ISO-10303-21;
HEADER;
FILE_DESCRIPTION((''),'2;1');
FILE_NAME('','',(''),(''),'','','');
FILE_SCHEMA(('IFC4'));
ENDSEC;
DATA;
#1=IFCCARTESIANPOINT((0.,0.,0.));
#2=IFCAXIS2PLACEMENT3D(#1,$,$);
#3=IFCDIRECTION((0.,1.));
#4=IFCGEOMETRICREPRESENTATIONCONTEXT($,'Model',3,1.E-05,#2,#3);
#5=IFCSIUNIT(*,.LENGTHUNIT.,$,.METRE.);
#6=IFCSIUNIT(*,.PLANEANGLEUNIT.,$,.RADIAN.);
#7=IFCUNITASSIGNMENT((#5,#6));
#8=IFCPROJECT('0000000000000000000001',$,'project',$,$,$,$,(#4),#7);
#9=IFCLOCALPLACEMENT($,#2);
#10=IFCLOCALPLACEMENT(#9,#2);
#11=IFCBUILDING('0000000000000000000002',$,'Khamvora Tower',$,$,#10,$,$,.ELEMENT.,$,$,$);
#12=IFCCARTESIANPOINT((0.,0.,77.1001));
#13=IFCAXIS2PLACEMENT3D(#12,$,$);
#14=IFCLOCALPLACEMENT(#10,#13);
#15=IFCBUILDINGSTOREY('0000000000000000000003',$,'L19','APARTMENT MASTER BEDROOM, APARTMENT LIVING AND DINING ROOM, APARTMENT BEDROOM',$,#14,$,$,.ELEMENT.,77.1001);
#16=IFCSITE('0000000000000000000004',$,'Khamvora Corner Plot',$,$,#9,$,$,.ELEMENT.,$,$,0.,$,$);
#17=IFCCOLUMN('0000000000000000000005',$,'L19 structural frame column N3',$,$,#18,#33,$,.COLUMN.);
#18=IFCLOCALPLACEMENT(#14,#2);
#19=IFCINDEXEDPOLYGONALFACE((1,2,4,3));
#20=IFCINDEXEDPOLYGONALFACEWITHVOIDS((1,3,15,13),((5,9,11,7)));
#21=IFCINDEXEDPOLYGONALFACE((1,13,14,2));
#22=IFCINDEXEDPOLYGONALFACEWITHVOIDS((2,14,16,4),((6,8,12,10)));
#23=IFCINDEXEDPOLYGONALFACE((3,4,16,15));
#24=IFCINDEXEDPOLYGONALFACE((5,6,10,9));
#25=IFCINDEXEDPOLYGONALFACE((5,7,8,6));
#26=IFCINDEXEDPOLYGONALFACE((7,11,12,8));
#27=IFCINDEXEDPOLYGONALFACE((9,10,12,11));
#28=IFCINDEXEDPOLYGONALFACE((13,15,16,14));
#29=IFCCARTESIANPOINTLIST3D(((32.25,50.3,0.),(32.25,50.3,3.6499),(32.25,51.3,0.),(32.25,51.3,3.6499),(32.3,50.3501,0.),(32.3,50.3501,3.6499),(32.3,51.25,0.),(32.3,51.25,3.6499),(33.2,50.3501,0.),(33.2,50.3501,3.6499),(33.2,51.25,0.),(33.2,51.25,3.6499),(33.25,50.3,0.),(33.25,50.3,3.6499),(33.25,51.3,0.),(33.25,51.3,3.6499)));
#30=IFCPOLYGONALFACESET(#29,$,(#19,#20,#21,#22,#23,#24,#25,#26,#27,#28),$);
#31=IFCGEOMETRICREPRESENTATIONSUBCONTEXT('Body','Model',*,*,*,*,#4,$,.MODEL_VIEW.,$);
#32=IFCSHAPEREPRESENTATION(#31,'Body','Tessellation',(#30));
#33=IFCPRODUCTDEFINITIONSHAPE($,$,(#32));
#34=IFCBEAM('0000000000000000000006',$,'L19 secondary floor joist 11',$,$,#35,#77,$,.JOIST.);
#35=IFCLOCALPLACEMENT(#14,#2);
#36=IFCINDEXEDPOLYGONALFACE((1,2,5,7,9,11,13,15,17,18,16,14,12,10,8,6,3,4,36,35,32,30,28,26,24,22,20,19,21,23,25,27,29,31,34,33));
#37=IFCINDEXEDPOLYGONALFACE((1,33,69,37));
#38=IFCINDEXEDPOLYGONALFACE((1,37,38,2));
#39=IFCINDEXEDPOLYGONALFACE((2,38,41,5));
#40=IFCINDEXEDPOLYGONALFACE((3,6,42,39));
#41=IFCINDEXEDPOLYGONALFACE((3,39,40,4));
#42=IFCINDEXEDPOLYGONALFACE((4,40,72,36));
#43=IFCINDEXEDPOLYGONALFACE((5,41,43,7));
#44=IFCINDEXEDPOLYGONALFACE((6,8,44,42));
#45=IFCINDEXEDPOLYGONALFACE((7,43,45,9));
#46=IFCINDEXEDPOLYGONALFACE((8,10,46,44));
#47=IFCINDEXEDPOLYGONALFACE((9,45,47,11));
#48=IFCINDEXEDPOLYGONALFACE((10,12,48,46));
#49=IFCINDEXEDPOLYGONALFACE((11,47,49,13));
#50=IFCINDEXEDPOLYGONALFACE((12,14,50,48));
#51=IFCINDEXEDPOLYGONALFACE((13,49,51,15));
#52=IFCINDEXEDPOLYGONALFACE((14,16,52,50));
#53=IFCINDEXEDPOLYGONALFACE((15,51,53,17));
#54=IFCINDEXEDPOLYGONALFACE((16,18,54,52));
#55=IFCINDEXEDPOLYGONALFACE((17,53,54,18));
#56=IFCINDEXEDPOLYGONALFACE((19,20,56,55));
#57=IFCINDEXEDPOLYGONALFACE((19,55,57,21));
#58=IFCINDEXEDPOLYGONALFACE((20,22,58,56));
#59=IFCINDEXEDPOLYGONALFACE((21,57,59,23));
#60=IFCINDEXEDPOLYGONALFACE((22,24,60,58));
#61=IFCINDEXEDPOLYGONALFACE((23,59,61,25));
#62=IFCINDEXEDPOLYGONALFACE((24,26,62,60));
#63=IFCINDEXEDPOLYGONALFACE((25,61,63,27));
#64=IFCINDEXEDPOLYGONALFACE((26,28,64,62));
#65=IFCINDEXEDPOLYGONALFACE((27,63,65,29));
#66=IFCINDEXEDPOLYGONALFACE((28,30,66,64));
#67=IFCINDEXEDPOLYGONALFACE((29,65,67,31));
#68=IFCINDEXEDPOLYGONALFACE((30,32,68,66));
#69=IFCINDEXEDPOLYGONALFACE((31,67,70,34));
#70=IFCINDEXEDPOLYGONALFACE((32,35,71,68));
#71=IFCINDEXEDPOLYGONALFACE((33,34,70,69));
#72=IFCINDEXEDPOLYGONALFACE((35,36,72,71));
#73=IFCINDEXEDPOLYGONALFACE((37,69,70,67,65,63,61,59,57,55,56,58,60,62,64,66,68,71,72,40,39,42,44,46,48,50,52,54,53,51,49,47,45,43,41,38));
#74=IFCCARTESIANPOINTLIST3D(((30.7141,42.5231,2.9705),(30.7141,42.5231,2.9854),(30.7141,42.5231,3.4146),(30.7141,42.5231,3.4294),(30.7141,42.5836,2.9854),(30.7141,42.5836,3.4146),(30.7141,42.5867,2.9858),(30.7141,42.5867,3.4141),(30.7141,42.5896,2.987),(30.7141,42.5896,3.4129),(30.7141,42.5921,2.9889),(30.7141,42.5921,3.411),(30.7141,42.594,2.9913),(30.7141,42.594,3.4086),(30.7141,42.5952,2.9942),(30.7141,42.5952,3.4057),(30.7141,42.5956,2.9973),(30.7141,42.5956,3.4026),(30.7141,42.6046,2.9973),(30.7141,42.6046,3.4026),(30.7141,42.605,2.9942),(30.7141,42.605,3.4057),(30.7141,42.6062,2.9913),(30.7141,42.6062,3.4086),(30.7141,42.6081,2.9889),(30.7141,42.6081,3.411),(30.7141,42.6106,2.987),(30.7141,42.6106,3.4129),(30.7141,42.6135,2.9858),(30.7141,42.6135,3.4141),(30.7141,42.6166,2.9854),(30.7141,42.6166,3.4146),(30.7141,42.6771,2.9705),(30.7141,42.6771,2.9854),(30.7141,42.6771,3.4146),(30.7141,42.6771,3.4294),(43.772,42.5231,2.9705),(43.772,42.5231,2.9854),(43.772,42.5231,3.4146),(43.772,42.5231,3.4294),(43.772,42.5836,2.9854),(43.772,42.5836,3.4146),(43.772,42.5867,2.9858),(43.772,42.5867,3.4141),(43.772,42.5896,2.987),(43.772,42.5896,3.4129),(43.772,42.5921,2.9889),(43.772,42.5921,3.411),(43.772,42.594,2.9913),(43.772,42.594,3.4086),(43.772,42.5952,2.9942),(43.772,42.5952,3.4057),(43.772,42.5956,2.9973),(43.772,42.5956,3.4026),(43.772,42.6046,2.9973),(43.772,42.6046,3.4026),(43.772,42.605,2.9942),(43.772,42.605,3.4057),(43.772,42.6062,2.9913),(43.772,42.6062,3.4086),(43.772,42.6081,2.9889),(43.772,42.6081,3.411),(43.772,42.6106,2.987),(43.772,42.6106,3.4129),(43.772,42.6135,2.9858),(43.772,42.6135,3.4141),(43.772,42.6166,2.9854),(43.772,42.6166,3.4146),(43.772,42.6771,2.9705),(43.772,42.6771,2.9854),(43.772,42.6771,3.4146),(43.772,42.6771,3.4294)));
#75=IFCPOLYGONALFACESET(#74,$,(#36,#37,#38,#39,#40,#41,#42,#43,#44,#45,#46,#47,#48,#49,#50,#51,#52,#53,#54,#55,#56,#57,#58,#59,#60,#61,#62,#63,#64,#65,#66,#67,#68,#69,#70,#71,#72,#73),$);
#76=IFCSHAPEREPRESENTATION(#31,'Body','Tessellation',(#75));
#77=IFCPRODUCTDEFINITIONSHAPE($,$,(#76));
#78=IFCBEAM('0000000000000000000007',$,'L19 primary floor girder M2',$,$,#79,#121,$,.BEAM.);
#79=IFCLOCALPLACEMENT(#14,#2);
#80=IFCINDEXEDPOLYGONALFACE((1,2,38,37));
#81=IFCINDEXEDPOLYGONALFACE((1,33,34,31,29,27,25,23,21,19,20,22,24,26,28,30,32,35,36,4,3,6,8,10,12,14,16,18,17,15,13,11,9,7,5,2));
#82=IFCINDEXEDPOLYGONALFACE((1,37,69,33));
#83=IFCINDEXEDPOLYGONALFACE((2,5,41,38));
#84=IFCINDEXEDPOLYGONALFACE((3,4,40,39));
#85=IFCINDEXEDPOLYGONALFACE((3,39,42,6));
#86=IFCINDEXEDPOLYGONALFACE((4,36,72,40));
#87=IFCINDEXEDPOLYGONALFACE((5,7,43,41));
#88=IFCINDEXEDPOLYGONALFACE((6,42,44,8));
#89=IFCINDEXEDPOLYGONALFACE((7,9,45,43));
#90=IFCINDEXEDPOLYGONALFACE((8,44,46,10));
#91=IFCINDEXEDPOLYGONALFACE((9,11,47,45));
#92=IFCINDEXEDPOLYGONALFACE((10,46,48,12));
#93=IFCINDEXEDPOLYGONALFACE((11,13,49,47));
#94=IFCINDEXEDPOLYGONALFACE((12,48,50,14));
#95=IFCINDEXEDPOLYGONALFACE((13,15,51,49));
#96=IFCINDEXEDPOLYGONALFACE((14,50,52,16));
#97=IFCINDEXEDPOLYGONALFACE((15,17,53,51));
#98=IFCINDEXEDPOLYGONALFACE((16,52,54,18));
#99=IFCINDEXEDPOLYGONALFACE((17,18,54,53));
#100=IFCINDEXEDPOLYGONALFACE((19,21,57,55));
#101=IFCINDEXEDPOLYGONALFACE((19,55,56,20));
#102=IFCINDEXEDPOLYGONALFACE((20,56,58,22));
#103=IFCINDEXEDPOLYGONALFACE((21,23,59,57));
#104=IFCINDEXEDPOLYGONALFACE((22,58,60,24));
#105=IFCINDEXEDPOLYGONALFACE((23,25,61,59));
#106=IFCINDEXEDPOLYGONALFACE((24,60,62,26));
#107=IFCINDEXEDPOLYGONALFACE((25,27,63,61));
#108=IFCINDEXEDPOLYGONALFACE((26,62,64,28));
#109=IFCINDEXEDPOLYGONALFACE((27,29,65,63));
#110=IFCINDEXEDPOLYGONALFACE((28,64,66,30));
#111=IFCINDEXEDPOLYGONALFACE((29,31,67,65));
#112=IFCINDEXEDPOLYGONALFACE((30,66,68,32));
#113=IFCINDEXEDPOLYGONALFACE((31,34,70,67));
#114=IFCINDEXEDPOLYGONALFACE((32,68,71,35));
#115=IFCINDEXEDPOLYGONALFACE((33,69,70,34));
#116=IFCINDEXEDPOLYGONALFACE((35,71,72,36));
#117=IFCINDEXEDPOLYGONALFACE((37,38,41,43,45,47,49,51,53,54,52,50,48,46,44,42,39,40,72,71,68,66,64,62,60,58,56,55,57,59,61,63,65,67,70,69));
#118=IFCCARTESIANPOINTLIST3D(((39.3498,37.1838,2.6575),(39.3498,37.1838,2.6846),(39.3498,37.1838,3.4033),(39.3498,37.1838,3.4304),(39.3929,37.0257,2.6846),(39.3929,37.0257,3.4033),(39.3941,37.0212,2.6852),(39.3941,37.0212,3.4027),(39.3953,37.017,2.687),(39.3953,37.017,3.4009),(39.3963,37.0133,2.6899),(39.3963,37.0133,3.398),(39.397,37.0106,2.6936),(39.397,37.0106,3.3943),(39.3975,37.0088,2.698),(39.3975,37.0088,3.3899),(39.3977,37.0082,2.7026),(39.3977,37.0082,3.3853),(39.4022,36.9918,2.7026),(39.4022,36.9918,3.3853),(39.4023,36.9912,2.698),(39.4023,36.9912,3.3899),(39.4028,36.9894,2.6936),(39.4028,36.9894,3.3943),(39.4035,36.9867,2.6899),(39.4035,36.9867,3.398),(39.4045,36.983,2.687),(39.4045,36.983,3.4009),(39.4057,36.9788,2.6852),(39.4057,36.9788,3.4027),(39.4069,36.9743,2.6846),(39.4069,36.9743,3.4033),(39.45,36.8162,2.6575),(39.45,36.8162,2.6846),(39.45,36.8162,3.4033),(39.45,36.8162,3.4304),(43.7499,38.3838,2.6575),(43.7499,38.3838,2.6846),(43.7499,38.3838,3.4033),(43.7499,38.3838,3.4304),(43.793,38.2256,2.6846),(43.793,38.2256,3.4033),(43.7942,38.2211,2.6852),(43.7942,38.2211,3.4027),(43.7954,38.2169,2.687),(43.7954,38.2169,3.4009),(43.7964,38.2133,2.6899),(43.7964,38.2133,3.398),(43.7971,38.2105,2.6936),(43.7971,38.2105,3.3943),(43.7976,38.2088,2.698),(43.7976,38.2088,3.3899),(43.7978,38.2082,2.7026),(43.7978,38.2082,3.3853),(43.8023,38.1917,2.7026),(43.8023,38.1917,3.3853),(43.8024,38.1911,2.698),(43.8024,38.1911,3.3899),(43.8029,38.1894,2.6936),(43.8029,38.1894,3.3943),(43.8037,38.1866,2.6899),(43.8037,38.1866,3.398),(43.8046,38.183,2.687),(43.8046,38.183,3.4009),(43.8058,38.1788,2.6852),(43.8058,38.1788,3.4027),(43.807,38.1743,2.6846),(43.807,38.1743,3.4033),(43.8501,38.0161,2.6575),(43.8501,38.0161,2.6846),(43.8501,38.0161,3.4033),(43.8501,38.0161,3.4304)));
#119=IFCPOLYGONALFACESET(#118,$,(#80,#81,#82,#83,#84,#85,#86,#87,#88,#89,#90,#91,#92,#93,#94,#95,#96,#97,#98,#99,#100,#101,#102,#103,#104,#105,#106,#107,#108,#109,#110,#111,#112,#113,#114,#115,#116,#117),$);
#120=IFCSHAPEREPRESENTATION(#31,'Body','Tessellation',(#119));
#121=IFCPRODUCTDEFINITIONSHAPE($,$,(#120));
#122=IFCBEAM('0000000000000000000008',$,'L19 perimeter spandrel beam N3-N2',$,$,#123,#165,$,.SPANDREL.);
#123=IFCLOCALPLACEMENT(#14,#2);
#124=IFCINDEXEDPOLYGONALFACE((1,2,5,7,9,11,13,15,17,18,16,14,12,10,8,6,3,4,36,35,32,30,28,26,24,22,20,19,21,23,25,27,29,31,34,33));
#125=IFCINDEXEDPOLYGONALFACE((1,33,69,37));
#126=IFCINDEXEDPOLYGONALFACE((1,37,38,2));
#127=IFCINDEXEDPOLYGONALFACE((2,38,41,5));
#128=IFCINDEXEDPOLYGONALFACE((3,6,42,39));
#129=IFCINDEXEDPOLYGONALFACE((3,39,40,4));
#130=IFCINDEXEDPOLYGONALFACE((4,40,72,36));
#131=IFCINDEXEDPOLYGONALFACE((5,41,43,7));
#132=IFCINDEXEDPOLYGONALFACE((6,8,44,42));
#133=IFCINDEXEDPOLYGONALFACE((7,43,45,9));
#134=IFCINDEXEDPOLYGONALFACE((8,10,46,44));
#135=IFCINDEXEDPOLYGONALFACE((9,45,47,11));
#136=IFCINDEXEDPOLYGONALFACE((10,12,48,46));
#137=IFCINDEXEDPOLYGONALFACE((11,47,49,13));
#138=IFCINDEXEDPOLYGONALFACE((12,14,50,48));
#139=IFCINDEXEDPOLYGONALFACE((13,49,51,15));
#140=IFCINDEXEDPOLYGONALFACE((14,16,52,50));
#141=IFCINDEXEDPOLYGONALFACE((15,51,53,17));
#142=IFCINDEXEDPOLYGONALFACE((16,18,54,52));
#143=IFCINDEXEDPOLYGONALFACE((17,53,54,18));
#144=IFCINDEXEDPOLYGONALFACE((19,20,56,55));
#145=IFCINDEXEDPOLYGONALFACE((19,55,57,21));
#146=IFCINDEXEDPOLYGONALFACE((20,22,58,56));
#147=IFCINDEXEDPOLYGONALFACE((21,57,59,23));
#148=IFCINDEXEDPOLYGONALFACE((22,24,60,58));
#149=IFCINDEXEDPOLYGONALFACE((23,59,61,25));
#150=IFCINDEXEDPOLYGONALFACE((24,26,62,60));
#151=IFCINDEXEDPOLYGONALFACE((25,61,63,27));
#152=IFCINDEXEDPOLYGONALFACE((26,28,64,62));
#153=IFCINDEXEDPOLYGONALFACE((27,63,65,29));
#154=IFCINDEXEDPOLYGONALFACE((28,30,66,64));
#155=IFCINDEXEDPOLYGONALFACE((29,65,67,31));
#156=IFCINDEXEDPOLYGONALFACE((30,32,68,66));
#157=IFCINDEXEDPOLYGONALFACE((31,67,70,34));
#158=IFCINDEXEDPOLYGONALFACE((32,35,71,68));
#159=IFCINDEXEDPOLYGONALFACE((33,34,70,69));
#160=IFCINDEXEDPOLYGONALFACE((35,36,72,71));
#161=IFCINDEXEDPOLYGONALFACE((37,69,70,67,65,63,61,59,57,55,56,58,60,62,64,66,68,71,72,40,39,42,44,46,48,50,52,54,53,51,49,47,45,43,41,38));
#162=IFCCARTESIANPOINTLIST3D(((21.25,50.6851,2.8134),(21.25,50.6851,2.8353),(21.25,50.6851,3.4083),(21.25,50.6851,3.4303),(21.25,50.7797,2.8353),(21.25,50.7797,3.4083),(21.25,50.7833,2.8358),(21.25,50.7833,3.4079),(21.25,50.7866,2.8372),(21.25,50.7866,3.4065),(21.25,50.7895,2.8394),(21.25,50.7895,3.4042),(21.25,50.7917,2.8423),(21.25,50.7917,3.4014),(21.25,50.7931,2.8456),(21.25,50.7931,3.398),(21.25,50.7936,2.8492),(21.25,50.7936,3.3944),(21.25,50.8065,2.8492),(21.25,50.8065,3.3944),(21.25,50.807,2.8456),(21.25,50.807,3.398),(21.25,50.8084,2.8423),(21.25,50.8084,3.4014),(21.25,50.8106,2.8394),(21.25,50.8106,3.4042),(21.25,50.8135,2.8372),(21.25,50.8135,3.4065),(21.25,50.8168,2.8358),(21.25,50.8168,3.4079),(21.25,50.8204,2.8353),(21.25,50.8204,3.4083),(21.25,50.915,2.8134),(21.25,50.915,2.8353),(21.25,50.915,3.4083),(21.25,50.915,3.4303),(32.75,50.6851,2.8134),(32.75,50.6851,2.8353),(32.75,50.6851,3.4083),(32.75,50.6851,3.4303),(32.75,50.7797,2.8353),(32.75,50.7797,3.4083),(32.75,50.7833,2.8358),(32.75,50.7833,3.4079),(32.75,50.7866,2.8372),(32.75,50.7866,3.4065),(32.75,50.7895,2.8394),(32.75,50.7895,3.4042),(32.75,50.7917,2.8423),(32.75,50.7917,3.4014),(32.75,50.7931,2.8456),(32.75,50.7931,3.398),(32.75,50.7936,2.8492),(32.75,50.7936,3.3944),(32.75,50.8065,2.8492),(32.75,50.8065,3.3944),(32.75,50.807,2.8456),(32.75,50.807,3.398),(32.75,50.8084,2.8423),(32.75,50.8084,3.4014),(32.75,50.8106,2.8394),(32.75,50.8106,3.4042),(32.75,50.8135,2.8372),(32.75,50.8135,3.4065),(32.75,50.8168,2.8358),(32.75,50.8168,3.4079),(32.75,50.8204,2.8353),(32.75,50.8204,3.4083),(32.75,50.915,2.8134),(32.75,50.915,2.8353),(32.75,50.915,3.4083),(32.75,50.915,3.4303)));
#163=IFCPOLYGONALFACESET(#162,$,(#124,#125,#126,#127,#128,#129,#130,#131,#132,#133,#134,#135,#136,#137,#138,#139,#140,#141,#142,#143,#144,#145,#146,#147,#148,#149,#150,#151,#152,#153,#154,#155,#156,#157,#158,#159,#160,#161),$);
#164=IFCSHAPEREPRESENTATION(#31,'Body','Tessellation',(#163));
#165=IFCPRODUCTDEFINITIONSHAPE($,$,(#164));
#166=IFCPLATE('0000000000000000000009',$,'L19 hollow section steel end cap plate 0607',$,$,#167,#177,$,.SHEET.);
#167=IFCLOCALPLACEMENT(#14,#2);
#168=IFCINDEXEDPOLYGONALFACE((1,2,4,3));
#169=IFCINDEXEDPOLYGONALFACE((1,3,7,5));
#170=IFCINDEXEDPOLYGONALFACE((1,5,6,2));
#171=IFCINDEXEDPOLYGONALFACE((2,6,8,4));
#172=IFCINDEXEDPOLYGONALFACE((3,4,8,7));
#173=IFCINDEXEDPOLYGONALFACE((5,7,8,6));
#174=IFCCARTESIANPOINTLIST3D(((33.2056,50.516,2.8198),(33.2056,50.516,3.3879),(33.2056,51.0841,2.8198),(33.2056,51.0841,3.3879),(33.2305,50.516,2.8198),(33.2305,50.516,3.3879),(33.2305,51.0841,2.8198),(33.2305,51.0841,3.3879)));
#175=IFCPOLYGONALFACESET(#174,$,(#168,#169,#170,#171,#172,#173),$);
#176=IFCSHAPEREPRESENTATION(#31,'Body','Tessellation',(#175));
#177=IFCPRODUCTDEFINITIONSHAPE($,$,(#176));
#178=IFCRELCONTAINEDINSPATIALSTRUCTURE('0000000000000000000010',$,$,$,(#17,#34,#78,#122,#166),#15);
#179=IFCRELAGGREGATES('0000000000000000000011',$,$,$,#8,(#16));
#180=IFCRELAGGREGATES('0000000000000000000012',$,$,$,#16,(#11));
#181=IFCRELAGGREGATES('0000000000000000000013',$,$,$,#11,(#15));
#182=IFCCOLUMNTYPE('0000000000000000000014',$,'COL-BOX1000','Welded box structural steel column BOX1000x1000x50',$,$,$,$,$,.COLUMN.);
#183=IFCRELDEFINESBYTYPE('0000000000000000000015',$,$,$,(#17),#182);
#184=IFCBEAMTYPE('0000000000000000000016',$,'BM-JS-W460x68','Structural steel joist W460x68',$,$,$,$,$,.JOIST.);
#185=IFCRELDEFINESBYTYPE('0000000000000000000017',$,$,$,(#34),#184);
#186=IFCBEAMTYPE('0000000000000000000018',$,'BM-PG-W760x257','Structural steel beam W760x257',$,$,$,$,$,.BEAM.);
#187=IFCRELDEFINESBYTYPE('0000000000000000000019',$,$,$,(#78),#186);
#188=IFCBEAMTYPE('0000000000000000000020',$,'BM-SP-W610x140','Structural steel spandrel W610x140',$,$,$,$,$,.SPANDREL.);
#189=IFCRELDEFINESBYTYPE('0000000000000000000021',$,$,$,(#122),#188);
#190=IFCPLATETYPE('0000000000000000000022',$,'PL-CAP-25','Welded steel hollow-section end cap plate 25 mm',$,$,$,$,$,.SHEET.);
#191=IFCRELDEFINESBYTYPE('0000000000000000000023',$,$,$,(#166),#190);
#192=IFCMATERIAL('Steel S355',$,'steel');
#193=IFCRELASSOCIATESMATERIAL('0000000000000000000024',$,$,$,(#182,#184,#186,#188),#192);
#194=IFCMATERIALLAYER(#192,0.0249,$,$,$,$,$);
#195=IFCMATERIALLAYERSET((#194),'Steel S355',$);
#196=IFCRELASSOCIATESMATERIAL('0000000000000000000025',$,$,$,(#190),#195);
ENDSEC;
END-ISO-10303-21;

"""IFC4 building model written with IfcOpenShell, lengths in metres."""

from ifc_helpers import new_model, si_unit, direction, frame, origin, origin_2d, place, context, subcontext, project, spatial, rectangle, hollow_rectangle, i_section, extrude, material, layer, layer_set, material_profile, profile_set, type_object, element, save


model = new_model("IFC4")

# Units and contexts
model_context = context("Model", 3, precision=1e-05, world=origin(), true_north=direction((0.0, 1.0)))
body_context = subcontext(model_context, "Body", "Model", "MODEL_VIEW")
ifc_project = project(units=[si_unit("LENGTHUNIT", "METRE"), si_unit("PLANEANGLEUNIT", "RADIAN")], contexts=[model_context])

# Site, building, storey
site_placement = place(None, origin())
site = spatial("IfcSite", under=ifc_project, at=site_placement, Name="Khamvora Corner Plot", CompositionType="ELEMENT", RefElevation=0.0)
building_placement = place(site_placement, origin())
building = spatial("IfcBuilding", under=site, at=building_placement, Name="Khamvora Tower", CompositionType="ELEMENT")
storey_placement = place(building_placement, frame((0.0, 0.0, 77.1001)))
storey = spatial("IfcBuildingStorey", under=building, at=storey_placement, Name="L19", Description="APARTMENT MASTER BEDROOM, APARTMENT LIVING AND DINING ROOM, APARTMENT BEDROOM", CompositionType="ELEMENT", Elevation=77.1001)

# Column
ifc_material_1 = material(Name="Steel S355", Category="steel")
ifc_material_profile_1 = material_profile(ifc_material_1, hollow_rectangle(XDim=1.0, YDim=1.0, WallThickness=0.05, at=origin_2d()), Name="BOX1000x1000x50")
ifc_profile_set_1 = profile_set([ifc_material_profile_1], Name="Steel S355")
column_type = type_object("IfcColumnType", Name="COL-BOX1000", Description="Welded box structural steel column BOX1000x1000x50", PredefinedType="COLUMN", material=ifc_profile_set_1)
column_placement = place(storey_placement, frame((32.75, 50.8, 0.0), z_axis=(0.0, 0.0, 1.0), x_axis=(1.0, 0.0, 0.0)))
element("IfcColumn", 1, at=column_placement, inside=storey, type_object=column_type, Name="L19 structural frame column N3", PredefinedType="COLUMN", context=body_context, shape_type="SweptSolid", body=[
    extrude(hollow_rectangle(XDim=1.0, YDim=1.0, WallThickness=0.05, at=origin_2d()), origin(), (0.0, 0.0, 1.0), 3.6499),
])

# Beams
ifc_material_profile_2 = material_profile(ifc_material_1, i_section(OverallWidth=0.1541, OverallDepth=0.459, WebThickness=0.009, FlangeThickness=0.0149, FilletRadius=0.012, at=origin_2d()), Name="W460x68")
ifc_profile_set_2 = profile_set([ifc_material_profile_2], Name="Steel S355")
beam_type_1 = type_object("IfcBeamType", Name="BM-JS-W460x68", Description="Structural steel joist W460x68", PredefinedType="JOIST", material=ifc_profile_set_2)
beam_1_placement = place(storey_placement, frame((30.7141, 42.6001, 3.2), z_axis=(1.0, 0.0, 0.0), x_axis=(0.0, 1.0, 0.0)))
element("IfcBeam", 2, at=beam_1_placement, inside=storey, type_object=beam_type_1, Name="L19 secondary floor joist 11", PredefinedType="JOIST", context=body_context, shape_type="SweptSolid", body=[
    extrude(i_section(OverallWidth=0.1541, OverallDepth=0.459, WebThickness=0.009, FlangeThickness=0.0149, FilletRadius=0.012, at=origin_2d()), origin(), (0.0, 0.0, 1.0), 13.0579),
])
ifc_material_profile_3 = material_profile(ifc_material_1, i_section(OverallWidth=0.3811, OverallDepth=0.7729, WebThickness=0.0171, FlangeThickness=0.0271, FilletRadius=0.0181, at=origin_2d()), Name="W760x257")
ifc_profile_set_3 = profile_set([ifc_material_profile_3], Name="Steel S355")
beam_type_2 = type_object("IfcBeamType", Name="BM-PG-W760x257", Description="Structural steel beam W760x257", PredefinedType="BEAM", material=ifc_profile_set_3)
beam_2_placement = place(storey_placement, frame((39.3999, 37.0, 3.0439), z_axis=(0.964769, 0.263099, 0.0), x_axis=(-0.263099, 0.964769, 0.0)))
element("IfcBeam", 3, at=beam_2_placement, inside=storey, type_object=beam_type_2, Name="L19 primary floor girder M2", PredefinedType="BEAM", context=body_context, shape_type="SweptSolid", body=[
    extrude(i_section(OverallWidth=0.3811, OverallDepth=0.7729, WebThickness=0.0171, FlangeThickness=0.0271, FilletRadius=0.0181, at=origin_2d()), origin(), (0.0, 0.0, 1.0), 4.5608),
])
ifc_material_profile_4 = material_profile(ifc_material_1, i_section(OverallWidth=0.23, OverallDepth=0.6169, WebThickness=0.0129, FlangeThickness=0.022, FilletRadius=0.0139, at=origin_2d()), Name="W610x140")
ifc_profile_set_4 = profile_set([ifc_material_profile_4], Name="Steel S355")
beam_type_3 = type_object("IfcBeamType", Name="BM-SP-W610x140", Description="Structural steel spandrel W610x140", PredefinedType="SPANDREL", material=ifc_profile_set_4)
beam_3_placement = place(storey_placement, frame((32.75, 50.8, 3.1218), z_axis=(-1.0, 0.0, 0.0), x_axis=(0.0, -1.0, 0.0)))
element("IfcBeam", 4, at=beam_3_placement, inside=storey, type_object=beam_type_3, Name="L19 perimeter spandrel beam N3-N2", PredefinedType="SPANDREL", context=body_context, shape_type="SweptSolid", body=[
    extrude(i_section(OverallWidth=0.23, OverallDepth=0.6169, WebThickness=0.0129, FlangeThickness=0.022, FilletRadius=0.0139, at=origin_2d()), origin(), (0.0, 0.0, 1.0), 11.5),
])

# Plate
ifc_layer_1 = layer(ifc_material_1, 0.0249)
ifc_layer_set_1 = layer_set([ifc_layer_1], Name="Steel S355")
plate_type_1 = type_object("IfcPlateType", Name="PL-CAP-25", Description="Welded steel hollow-section end cap plate 25 mm", PredefinedType="SHEET", material=ifc_layer_set_1)
plate_1_placement = place(storey_placement, frame((33.218, 50.8, 2.8198), z_axis=(0.0, 0.0, 1.0), x_axis=(-1.0, 0.0, 0.0)))
element("IfcPlate", 5, at=plate_1_placement, inside=storey, type_object=plate_type_1, Name="L19 hollow section steel end cap plate 0607", PredefinedType="SHEET", context=body_context, shape_type="SweptSolid", body=[
    extrude(rectangle(XDim=0.0249, YDim=0.5681, at=origin_2d()), origin(), (0.0, 0.0, 1.0), 0.5681),
])

save(model, "model.ifc")
